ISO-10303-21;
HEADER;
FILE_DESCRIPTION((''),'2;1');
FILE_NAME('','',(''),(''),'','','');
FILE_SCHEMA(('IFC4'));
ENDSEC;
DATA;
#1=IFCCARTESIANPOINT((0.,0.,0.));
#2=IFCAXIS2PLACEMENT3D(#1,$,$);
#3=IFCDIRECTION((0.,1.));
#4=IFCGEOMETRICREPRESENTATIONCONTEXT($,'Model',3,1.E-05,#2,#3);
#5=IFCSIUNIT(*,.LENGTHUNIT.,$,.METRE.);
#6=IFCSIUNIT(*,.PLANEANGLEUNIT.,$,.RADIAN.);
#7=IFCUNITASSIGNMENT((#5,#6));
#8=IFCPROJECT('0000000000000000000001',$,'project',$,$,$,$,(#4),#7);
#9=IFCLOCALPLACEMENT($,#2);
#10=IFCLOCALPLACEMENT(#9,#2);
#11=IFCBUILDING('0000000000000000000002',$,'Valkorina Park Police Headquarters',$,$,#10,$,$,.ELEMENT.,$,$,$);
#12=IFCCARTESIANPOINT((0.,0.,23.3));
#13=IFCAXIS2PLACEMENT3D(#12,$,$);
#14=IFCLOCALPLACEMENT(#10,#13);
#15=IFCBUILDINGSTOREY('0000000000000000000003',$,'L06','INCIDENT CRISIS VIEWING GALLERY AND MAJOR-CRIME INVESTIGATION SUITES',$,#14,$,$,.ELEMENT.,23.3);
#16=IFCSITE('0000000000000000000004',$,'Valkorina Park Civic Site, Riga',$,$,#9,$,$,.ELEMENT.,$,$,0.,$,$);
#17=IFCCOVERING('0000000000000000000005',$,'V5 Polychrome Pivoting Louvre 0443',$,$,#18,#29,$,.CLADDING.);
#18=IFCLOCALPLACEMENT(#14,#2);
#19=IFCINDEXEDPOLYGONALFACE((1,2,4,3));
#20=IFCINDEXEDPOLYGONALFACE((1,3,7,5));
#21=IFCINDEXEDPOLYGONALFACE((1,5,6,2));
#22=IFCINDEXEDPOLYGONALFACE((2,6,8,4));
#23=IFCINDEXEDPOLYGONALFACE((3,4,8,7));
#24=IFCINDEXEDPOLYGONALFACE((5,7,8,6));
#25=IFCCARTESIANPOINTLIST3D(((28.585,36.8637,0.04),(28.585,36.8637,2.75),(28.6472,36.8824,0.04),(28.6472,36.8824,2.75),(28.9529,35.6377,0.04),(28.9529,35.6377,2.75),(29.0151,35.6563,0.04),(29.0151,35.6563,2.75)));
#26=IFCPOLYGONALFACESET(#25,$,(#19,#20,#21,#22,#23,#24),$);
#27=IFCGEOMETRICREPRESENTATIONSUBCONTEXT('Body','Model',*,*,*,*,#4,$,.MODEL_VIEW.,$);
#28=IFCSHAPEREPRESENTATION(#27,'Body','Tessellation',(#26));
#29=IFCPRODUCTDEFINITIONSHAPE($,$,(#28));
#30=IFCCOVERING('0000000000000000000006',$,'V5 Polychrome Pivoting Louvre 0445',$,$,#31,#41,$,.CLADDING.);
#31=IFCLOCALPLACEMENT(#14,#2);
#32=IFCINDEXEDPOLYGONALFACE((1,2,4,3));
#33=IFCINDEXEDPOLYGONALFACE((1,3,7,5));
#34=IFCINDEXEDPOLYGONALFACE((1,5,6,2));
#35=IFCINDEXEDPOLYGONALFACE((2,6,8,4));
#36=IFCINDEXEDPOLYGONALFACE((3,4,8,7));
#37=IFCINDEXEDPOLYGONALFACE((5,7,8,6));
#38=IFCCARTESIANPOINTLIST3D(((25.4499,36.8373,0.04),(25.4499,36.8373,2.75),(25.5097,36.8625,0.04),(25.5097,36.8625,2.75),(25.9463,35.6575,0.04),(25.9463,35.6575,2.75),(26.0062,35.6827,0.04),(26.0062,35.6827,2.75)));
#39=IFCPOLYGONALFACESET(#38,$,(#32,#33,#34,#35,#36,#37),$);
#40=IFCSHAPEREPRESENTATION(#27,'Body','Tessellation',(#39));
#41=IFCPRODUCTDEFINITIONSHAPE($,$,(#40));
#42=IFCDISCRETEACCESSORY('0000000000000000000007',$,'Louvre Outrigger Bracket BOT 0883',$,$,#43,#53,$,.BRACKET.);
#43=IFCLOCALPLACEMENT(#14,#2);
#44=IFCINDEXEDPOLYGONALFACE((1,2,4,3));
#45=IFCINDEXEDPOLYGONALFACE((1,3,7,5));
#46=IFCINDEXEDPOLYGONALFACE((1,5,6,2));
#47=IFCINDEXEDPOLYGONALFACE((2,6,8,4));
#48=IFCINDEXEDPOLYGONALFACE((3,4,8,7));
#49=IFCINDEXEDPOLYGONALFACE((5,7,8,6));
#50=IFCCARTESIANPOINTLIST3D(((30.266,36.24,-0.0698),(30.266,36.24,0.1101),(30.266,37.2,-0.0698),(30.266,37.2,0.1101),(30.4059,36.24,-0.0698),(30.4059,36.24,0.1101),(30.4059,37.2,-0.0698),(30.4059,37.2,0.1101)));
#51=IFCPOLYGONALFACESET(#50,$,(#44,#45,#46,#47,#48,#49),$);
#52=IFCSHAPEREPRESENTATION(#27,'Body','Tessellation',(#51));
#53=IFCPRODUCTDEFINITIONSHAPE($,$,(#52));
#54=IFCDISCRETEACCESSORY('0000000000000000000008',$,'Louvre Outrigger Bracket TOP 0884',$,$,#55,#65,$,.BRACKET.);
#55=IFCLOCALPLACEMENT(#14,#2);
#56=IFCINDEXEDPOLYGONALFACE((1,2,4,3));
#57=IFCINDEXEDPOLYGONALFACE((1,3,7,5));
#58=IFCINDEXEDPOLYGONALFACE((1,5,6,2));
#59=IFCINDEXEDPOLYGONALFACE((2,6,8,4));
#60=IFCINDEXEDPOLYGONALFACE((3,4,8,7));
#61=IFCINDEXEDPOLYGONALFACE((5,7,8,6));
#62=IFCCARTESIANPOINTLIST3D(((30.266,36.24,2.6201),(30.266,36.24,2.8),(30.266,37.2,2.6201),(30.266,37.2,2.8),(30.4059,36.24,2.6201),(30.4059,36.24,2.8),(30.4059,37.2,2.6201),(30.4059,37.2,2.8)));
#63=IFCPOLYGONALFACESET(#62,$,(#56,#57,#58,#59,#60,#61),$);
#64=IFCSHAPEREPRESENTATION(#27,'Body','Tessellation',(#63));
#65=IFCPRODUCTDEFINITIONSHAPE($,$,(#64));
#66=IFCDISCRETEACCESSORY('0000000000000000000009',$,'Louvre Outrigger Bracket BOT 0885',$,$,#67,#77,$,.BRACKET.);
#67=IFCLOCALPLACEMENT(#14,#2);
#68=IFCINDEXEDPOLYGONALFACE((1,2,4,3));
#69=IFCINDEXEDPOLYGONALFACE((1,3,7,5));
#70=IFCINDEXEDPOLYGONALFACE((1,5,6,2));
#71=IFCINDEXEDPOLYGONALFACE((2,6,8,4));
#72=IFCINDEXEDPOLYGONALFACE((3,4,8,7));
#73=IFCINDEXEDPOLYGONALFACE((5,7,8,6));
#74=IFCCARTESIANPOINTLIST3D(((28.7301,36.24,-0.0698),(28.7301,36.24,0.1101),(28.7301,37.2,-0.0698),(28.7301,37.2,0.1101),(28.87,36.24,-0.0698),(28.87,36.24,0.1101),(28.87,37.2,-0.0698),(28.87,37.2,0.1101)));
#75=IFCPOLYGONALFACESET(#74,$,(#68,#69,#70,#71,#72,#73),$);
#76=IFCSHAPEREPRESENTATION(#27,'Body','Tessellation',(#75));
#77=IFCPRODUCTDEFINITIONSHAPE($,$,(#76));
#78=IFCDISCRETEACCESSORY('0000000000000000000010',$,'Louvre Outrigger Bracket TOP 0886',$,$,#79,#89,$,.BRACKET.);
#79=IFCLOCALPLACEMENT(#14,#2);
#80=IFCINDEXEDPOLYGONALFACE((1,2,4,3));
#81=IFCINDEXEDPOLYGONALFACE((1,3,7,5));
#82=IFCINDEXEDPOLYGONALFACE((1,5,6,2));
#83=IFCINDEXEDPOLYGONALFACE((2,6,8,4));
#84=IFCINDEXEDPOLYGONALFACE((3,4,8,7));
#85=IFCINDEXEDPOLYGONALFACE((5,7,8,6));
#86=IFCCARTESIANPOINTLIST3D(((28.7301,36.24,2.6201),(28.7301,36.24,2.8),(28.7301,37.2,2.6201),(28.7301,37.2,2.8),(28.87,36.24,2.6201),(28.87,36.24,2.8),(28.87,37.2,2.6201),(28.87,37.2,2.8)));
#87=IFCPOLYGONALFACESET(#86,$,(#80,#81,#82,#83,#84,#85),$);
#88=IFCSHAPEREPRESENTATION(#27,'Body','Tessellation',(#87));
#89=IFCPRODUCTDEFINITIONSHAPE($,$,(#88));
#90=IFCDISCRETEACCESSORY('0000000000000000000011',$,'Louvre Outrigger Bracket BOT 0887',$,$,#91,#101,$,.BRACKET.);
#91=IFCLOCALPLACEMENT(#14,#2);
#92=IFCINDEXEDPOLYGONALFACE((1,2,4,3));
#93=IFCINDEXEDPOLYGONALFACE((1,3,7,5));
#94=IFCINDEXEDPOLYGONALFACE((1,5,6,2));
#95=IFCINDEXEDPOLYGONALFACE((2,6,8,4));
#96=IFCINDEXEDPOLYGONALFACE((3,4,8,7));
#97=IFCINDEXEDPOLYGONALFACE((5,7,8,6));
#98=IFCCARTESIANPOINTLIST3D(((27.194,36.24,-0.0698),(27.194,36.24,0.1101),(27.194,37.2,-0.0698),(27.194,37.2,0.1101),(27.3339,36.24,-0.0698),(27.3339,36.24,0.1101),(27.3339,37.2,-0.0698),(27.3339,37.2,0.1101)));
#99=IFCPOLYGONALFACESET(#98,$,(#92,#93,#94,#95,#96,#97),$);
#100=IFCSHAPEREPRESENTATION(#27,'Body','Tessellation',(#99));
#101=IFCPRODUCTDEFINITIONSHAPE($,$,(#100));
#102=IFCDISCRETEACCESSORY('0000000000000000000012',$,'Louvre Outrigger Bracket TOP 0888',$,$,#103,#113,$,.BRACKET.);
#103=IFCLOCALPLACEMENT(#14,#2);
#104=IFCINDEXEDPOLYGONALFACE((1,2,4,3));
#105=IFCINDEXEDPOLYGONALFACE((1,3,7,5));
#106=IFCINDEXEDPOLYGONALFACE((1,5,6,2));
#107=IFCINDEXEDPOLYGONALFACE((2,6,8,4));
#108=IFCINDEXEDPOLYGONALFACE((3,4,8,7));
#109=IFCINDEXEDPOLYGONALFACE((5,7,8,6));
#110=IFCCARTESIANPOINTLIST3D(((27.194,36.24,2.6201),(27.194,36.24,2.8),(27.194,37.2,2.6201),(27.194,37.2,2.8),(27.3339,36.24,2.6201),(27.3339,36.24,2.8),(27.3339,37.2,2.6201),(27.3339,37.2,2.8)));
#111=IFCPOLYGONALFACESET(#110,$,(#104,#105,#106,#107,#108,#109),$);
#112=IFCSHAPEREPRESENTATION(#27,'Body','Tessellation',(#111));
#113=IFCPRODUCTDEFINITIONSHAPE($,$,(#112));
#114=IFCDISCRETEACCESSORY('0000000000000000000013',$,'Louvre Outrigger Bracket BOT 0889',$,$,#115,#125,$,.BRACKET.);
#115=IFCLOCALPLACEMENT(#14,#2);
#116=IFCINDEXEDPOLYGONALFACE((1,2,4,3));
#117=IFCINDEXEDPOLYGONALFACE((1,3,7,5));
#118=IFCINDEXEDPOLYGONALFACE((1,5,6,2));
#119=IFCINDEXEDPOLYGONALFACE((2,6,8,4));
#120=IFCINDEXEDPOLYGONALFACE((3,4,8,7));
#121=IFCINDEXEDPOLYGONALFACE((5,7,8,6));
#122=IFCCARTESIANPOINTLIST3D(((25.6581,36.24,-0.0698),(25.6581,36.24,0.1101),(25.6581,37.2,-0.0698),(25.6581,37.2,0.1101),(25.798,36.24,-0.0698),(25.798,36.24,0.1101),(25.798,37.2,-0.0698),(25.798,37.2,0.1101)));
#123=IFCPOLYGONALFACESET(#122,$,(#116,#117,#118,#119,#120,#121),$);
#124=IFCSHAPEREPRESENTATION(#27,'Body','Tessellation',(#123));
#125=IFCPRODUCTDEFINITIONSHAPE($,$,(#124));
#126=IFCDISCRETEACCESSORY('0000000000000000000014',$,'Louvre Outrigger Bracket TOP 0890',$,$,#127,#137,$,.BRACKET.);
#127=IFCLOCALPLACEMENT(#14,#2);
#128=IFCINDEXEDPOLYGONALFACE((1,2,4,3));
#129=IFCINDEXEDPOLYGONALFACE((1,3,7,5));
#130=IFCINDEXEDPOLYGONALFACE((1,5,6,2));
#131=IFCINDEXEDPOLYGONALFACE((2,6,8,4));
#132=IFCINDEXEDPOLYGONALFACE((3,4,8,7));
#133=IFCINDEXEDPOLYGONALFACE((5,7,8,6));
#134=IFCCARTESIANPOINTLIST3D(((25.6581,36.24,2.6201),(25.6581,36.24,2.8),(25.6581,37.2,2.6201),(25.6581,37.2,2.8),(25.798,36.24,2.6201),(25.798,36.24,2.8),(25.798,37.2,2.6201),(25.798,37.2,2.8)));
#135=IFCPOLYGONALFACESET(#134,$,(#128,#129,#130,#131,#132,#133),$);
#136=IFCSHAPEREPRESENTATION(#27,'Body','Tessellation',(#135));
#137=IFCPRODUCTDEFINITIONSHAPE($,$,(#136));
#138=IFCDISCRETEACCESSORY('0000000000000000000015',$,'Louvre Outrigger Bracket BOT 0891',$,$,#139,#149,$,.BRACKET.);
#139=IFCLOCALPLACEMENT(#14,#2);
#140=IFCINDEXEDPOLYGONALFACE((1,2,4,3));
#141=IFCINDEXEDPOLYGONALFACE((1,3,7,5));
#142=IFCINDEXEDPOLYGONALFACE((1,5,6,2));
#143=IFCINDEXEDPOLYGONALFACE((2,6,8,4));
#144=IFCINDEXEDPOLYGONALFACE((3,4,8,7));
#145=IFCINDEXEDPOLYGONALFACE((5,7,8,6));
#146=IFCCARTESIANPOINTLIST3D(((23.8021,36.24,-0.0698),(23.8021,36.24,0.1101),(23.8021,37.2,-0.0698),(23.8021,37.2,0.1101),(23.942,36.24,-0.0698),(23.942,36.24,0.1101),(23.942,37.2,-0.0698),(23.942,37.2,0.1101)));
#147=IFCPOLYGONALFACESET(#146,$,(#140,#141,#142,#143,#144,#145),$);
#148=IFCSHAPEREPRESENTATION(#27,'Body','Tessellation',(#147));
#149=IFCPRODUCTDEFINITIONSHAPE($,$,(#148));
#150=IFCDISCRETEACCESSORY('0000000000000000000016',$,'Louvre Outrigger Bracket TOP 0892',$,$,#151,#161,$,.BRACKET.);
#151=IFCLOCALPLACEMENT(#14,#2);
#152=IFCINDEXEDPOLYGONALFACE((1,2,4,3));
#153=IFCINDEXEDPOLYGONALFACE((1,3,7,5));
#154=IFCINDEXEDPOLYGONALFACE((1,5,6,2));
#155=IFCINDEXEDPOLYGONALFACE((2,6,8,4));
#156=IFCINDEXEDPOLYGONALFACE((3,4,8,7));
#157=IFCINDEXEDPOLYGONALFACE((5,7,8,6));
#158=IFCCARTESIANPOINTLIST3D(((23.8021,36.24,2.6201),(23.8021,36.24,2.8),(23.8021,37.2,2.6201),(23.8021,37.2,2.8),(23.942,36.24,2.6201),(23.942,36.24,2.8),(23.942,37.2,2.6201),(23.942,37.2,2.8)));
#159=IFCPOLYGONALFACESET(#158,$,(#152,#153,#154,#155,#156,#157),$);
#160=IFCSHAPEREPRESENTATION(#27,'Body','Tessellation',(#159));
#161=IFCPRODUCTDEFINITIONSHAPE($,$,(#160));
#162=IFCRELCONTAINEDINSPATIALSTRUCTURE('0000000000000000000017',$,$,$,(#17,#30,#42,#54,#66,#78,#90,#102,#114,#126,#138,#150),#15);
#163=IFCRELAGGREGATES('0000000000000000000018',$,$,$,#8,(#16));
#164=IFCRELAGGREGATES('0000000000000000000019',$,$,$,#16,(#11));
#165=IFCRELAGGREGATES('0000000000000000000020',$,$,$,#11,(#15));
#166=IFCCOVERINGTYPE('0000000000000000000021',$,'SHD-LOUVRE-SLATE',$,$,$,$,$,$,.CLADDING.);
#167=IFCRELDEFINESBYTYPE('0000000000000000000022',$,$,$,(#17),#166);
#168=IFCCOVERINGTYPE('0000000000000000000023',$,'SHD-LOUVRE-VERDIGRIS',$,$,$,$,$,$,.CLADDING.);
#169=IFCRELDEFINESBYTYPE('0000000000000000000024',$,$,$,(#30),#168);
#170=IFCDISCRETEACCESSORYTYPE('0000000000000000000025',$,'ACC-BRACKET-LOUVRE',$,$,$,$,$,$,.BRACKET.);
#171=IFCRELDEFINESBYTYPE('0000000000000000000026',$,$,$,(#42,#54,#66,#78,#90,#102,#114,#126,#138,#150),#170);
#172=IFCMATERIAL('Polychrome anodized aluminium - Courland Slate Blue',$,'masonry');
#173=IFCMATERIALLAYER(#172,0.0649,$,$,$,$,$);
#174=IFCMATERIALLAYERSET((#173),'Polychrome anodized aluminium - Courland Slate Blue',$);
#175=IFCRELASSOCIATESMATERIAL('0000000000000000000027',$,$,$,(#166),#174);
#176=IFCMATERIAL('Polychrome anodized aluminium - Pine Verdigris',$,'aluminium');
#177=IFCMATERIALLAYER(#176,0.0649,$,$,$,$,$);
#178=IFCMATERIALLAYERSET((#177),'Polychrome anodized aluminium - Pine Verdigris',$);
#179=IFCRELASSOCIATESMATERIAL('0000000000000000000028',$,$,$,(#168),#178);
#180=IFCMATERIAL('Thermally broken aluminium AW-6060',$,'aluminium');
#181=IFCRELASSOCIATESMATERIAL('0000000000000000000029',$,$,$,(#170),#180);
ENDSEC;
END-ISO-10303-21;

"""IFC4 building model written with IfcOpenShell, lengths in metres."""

from ifc_helpers import new_model, si_unit, direction, frame, origin, origin_2d, place, context, subcontext, project, spatial, rectangle, extrude, material, layer, layer_set, type_object, element, save


model = new_model("IFC4")

# Units and contexts
model_context = context("Model", 3, precision=1e-05, world=origin(), true_north=direction((0.0, 1.0)))
body_context = subcontext(model_context, "Body", "Model", "MODEL_VIEW")
ifc_project = project(units=[si_unit("LENGTHUNIT", "METRE"), si_unit("PLANEANGLEUNIT", "RADIAN")], contexts=[model_context])

# Site, building, storey
site_placement = place(None, origin())
site = spatial("IfcSite", under=ifc_project, at=site_placement, Name="Valkorina Park Civic Site, Riga", CompositionType="ELEMENT", RefElevation=0.0)
building_placement = place(site_placement, origin())
building = spatial("IfcBuilding", under=site, at=building_placement, Name="Valkorina Park Police Headquarters", CompositionType="ELEMENT")
storey_placement = place(building_placement, frame((0.0, 0.0, 23.3)))
storey = spatial("IfcBuildingStorey", under=building, at=storey_placement, Name="L06", Description="INCIDENT CRISIS VIEWING GALLERY AND MAJOR-CRIME INVESTIGATION SUITES", CompositionType="ELEMENT", Elevation=23.3)

# Shared definitions
ifc_material_1 = material(Name="Thermally broken aluminium AW-6060", Category="aluminium")

# Coverings
ifc_material_2 = material(Name="Polychrome anodized aluminium - Courland Slate Blue", Category="masonry")
ifc_layer_1 = layer(ifc_material_2, 0.0649)
ifc_layer_set_1 = layer_set([ifc_layer_1], Name="Polychrome anodized aluminium - Courland Slate Blue")
covering_type_1 = type_object("IfcCoveringType", Name="SHD-LOUVRE-SLATE", PredefinedType="CLADDING", material=ifc_layer_set_1)
covering_1_placement = place(storey_placement, frame((28.8, 36.26, 0.04), z_axis=(0.0, 0.0, 1.0), x_axis=(0.287361, -0.957822, 0.0)))
element("IfcCovering", 1, at=covering_1_placement, inside=storey, type_object=covering_type_1, Name="V5 Polychrome Pivoting Louvre 0443", PredefinedType="CLADDING", context=body_context, shape_type="SweptSolid", body=[
    extrude(rectangle(XDim=1.28, YDim=0.0649, at=origin_2d()), origin(), (0.0, 0.0, 1.0), 2.71),
])
ifc_material_3 = material(Name="Polychrome anodized aluminium - Pine Verdigris", Category="aluminium")
ifc_layer_2 = layer(ifc_material_3, 0.0649)
ifc_layer_set_2 = layer_set([ifc_layer_2], Name="Polychrome anodized aluminium - Pine Verdigris")
covering_type_2 = type_object("IfcCoveringType", Name="SHD-LOUVRE-VERDIGRIS", PredefinedType="CLADDING", material=ifc_layer_set_2)
covering_2_placement = place(storey_placement, frame((25.728, 36.26, 0.04), z_axis=(0.0, 0.0, 1.0), x_axis=(0.387837, -0.921728, 0.0)))
element("IfcCovering", 2, at=covering_2_placement, inside=storey, type_object=covering_type_2, Name="V5 Polychrome Pivoting Louvre 0445", PredefinedType="CLADDING", context=body_context, shape_type="SweptSolid", body=[
    extrude(rectangle(XDim=1.28, YDim=0.0649, at=origin_2d()), origin(), (0.0, 0.0, 1.0), 2.71),
])

# Discrete accessories
discrete_accessory_type = type_object("IfcDiscreteAccessoryType", Name="ACC-BRACKET-LOUVRE", PredefinedType="BRACKET", material=ifc_material_1)
for number, where, z_axis, x_axis, name in (
    (3, (30.3359, 36.72, -0.0698), (0.0, 0.0, 1.0), (0.0, -1.0, 0.0), "Louvre Outrigger Bracket BOT 0883"),
    (4, (30.3359, 36.72, 2.6201), (0.0, 0.0, 1.0), (0.0, -1.0, 0.0), "Louvre Outrigger Bracket TOP 0884"),
    (5, (28.8, 36.72, -0.0698), (0.0, 0.0, 1.0), (0.0, -1.0, 0.0), "Louvre Outrigger Bracket BOT 0885"),
    (6, (28.8, 36.72, 2.6201), (0.0, 0.0, 1.0), (0.0, -1.0, 0.0), "Louvre Outrigger Bracket TOP 0886"),
    (7, (27.2639, 36.72, -0.0698), (0.0, 0.0, 1.0), (0.0, -1.0, 0.0), "Louvre Outrigger Bracket BOT 0887"),
    (8, (27.2639, 36.72, 2.6201), (0.0, 0.0, 1.0), (0.0, -1.0, 0.0), "Louvre Outrigger Bracket TOP 0888"),
    (9, (25.728, 36.72, -0.0698), (0.0, 0.0, 1.0), (0.0, -1.0, 0.0), "Louvre Outrigger Bracket BOT 0889"),
    (10, (25.728, 36.72, 2.6201), (0.0, 0.0, 1.0), (0.0, -1.0, 0.0), "Louvre Outrigger Bracket TOP 0890"),
    (11, (23.8721, 36.72, -0.0698), (0.0, 0.0, 1.0), (0.0, -1.0, 0.0), "Louvre Outrigger Bracket BOT 0891"),
    (12, (23.8721, 36.72, 2.6201), (0.0, 0.0, 1.0), (0.0, -1.0, 0.0), "Louvre Outrigger Bracket TOP 0892"),
):
    element("IfcDiscreteAccessory", number, at=place(storey_placement, frame(where, z_axis=z_axis, x_axis=x_axis)), inside=storey, type_object=discrete_accessory_type, Name=name, PredefinedType="BRACKET", context=body_context, shape_type="SweptSolid", body=[
        extrude(rectangle(XDim=0.96, YDim=0.1399, at=origin_2d()), origin(), (0.0, 0.0, 1.0), 0.1799),
    ])

save(model, "model.ifc")
